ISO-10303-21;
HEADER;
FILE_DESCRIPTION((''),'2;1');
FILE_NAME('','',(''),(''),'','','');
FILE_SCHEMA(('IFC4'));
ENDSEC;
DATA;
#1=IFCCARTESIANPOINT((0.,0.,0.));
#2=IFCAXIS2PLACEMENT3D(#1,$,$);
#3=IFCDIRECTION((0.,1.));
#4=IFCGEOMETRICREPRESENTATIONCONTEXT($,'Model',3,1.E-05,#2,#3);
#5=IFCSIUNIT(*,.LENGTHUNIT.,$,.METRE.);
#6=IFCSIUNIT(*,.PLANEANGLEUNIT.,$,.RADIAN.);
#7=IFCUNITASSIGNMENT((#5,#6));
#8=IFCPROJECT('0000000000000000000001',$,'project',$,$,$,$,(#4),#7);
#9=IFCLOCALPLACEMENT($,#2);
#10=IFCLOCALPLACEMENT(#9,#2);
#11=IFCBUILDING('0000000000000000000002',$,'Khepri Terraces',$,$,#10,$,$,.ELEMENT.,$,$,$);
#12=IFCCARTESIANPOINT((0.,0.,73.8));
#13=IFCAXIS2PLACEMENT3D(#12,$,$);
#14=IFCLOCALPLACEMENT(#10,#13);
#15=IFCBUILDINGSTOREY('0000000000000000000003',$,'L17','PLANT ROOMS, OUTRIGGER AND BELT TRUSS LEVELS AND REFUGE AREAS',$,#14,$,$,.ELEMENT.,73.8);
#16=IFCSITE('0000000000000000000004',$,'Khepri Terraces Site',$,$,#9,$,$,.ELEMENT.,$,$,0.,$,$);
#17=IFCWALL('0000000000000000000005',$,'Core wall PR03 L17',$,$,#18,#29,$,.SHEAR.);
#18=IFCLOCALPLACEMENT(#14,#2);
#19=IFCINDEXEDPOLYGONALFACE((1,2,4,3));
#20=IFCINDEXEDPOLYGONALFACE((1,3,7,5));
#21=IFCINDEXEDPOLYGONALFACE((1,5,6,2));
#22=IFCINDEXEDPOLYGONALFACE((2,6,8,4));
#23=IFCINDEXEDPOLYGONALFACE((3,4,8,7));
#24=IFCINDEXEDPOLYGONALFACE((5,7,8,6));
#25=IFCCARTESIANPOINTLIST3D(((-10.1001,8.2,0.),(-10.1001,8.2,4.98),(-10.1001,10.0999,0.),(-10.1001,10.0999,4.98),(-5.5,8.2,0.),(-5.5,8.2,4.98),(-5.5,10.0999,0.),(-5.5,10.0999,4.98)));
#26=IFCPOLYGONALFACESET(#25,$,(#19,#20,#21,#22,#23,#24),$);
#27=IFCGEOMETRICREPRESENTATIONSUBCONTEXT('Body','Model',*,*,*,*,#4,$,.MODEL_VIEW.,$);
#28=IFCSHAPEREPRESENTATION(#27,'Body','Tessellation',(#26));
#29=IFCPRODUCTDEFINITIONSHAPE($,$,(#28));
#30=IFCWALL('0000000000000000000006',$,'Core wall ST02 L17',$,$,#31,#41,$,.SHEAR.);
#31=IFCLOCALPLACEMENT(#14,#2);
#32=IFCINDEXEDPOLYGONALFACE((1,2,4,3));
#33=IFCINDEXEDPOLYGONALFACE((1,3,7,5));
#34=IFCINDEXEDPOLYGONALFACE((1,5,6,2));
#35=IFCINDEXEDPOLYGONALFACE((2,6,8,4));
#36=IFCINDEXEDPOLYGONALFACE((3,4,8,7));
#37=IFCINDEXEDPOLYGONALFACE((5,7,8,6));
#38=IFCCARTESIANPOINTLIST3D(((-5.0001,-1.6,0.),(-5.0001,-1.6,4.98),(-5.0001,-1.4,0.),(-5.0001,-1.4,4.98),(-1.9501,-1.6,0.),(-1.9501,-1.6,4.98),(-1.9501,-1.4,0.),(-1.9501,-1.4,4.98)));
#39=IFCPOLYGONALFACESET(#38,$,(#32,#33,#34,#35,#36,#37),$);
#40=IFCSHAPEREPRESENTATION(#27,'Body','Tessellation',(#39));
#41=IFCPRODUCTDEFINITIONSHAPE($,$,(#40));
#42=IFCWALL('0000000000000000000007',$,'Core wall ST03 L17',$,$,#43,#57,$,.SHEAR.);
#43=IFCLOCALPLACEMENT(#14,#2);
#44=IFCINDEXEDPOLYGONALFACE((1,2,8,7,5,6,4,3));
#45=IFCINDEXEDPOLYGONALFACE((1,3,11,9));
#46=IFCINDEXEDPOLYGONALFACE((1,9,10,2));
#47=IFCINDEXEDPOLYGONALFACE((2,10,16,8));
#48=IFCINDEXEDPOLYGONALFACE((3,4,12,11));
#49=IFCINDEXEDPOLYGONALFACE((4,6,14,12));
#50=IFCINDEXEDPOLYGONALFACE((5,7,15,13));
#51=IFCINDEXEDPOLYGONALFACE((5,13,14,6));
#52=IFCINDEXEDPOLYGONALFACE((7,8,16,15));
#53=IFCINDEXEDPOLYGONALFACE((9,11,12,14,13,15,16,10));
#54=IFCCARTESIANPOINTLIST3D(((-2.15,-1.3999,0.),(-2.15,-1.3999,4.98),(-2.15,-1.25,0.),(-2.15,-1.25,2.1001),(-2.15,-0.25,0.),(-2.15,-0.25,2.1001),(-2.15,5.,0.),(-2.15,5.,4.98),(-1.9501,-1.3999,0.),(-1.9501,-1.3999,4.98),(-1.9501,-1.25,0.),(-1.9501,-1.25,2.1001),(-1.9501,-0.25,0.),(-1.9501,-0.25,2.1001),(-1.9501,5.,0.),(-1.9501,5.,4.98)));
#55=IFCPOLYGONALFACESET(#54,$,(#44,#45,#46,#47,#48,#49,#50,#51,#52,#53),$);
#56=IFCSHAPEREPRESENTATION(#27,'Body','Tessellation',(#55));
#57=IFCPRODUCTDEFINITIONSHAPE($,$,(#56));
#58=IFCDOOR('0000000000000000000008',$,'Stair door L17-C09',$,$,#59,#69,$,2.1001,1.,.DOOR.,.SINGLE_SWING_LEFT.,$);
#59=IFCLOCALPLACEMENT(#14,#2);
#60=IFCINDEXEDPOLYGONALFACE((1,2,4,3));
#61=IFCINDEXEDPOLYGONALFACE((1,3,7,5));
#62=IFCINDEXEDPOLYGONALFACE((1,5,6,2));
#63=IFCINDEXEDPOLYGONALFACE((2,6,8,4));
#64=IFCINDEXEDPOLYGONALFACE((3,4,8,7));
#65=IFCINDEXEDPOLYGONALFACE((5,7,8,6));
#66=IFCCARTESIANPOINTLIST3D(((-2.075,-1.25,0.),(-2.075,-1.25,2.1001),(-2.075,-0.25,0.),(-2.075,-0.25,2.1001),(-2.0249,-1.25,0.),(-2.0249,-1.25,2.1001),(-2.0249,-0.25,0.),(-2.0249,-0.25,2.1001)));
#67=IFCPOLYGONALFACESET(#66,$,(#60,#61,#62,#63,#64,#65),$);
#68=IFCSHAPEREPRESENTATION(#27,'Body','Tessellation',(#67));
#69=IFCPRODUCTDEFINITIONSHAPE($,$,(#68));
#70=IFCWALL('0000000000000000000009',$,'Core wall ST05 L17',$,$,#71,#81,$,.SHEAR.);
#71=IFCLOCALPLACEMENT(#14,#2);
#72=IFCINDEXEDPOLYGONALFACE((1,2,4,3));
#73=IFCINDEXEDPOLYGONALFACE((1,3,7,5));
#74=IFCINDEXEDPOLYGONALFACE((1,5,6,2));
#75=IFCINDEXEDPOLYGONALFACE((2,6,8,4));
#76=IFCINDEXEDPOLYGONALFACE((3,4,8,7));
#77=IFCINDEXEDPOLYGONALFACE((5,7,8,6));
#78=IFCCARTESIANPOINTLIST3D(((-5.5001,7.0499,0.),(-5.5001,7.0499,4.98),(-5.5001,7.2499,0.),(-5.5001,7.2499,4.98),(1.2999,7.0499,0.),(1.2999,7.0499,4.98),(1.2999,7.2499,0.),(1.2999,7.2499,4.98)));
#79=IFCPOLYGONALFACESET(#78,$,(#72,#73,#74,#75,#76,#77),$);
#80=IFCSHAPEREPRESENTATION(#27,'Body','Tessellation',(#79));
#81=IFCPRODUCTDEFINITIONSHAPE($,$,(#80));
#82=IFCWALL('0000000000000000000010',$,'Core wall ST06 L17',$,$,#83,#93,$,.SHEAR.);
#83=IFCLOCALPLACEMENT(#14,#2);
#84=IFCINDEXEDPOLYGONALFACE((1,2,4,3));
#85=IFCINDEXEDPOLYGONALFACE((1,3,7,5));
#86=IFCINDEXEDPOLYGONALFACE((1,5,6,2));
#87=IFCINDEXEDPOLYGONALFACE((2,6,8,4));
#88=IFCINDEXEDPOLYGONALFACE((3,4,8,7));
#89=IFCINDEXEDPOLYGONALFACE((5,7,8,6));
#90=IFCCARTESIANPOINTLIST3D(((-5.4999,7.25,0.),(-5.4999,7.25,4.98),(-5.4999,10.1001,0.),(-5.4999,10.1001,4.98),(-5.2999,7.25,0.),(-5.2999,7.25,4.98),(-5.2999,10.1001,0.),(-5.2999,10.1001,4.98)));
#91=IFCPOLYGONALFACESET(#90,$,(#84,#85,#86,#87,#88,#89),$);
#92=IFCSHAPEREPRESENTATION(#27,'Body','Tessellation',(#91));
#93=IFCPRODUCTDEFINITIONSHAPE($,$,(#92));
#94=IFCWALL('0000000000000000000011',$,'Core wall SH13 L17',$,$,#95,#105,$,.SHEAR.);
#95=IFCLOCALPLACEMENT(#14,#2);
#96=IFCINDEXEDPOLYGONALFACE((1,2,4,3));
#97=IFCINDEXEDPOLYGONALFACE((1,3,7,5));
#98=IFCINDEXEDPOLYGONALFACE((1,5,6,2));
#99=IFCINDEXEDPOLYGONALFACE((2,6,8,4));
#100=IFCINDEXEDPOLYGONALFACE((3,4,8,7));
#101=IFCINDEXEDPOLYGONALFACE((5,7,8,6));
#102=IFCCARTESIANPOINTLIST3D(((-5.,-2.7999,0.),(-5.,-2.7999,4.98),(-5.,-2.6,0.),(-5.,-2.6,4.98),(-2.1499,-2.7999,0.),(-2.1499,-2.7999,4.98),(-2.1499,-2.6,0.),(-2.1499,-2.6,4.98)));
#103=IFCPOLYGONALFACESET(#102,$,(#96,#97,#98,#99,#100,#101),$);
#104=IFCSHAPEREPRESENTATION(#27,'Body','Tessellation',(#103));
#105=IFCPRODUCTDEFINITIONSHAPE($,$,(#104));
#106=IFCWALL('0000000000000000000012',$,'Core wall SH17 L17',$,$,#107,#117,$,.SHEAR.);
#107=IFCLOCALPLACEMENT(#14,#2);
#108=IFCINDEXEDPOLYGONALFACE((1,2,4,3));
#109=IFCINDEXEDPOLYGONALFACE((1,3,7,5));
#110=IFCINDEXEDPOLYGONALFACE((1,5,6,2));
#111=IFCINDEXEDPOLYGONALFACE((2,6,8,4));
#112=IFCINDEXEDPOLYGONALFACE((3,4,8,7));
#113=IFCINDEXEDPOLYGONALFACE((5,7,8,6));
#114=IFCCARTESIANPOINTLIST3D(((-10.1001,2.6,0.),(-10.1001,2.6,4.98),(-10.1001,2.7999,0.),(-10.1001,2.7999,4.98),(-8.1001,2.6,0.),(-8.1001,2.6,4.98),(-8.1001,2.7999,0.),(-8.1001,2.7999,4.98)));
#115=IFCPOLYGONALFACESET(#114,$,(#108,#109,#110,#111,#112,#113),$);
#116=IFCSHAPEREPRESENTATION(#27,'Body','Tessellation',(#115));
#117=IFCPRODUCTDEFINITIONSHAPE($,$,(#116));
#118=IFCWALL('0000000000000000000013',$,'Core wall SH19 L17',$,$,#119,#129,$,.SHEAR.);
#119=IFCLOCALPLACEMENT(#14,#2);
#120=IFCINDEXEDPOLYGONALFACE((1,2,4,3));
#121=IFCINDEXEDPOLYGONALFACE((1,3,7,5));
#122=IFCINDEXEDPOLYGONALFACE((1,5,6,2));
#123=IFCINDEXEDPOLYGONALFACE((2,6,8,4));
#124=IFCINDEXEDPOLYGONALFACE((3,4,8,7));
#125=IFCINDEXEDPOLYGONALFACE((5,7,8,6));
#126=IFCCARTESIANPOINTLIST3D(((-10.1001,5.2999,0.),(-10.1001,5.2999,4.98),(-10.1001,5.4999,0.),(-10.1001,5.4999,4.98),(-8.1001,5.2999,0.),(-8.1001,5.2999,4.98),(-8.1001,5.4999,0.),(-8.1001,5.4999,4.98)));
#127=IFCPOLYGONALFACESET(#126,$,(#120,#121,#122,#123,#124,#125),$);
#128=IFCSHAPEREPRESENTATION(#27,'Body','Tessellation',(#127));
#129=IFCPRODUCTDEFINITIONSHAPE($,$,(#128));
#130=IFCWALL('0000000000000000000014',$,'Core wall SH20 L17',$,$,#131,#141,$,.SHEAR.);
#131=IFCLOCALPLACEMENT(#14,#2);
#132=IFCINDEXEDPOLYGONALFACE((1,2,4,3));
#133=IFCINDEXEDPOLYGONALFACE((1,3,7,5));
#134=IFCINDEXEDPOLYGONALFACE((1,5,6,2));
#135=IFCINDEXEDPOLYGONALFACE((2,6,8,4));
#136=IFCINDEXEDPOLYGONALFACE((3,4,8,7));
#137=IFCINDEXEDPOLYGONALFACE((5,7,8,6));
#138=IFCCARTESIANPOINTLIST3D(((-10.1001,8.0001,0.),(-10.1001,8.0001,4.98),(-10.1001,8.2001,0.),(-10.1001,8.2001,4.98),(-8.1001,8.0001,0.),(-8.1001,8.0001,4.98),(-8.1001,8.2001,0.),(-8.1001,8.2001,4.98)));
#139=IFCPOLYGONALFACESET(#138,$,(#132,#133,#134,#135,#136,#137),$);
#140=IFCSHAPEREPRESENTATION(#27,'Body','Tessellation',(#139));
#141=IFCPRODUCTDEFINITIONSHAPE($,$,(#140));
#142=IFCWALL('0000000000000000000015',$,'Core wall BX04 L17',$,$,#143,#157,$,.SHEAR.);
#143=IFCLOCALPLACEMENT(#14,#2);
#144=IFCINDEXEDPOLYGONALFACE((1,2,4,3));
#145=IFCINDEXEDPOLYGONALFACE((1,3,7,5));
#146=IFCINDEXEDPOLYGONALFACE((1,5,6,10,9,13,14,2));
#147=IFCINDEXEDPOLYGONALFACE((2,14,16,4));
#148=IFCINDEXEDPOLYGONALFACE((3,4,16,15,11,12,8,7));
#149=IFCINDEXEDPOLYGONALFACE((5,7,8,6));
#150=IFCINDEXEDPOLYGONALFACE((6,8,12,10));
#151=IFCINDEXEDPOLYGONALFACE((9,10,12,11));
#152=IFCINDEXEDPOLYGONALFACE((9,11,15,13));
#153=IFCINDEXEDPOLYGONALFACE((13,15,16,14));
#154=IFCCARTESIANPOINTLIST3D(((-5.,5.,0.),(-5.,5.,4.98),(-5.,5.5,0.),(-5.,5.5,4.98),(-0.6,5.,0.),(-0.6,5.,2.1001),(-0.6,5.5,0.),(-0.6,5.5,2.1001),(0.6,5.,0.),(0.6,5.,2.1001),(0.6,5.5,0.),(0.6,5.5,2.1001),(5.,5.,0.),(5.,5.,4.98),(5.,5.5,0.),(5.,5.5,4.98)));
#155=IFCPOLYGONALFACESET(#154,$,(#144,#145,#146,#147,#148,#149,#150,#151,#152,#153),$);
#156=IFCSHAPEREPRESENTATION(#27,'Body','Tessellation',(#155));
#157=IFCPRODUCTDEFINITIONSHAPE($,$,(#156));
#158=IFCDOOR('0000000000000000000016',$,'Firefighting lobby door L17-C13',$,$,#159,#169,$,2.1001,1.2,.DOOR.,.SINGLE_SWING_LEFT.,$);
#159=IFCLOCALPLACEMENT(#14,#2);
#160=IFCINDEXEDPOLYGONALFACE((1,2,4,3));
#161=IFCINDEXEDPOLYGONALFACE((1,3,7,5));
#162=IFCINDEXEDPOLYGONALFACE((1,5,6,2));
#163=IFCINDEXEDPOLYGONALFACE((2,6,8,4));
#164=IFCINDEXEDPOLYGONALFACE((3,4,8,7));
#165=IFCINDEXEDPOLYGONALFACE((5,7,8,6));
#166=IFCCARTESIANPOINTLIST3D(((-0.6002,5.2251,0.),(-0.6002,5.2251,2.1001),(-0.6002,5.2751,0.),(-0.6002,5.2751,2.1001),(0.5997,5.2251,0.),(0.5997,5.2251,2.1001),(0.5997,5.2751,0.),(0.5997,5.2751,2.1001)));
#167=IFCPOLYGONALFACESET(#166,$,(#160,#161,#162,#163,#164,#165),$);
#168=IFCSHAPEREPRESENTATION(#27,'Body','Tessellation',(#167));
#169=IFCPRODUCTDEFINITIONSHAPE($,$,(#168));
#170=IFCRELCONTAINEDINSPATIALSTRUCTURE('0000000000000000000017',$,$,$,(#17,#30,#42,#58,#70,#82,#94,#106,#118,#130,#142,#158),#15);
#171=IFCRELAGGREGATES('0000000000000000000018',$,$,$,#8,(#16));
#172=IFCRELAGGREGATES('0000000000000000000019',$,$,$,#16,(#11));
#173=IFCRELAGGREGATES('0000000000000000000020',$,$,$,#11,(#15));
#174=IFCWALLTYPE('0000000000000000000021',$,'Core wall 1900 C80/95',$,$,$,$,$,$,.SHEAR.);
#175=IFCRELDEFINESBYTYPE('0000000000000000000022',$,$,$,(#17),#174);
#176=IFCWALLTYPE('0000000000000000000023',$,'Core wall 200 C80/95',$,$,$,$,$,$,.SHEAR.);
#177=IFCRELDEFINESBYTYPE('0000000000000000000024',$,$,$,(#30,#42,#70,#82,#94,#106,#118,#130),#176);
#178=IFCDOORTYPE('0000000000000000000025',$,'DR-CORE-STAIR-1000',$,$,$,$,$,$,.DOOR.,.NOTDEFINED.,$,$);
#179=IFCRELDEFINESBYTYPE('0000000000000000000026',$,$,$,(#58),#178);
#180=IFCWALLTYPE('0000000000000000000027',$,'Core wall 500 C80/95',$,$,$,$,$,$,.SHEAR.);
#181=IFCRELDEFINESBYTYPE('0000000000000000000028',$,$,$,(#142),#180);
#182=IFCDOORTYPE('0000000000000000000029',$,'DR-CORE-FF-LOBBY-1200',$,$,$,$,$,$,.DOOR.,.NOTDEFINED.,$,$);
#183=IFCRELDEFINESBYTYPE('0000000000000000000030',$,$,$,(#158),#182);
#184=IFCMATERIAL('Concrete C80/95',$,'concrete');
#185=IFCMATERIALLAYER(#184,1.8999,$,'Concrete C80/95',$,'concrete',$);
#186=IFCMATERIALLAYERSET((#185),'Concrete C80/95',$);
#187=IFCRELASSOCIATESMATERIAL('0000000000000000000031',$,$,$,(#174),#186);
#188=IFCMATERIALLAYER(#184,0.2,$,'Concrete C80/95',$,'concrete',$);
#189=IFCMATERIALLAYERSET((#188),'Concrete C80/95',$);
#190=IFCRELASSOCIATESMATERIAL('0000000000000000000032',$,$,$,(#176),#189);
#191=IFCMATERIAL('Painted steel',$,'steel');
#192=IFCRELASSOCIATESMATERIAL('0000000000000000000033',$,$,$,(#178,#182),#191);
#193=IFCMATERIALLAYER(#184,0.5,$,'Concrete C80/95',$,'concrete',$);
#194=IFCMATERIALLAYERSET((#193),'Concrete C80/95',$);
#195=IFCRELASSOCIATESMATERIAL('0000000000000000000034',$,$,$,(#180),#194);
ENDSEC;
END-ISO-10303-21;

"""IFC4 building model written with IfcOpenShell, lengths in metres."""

from ifc_helpers import new_model, si_unit, direction, frame, frame_2d, origin, place, context, subcontext, project, spatial, rectangle, extrude, material, layer, layer_set, type_object, element, fill, save


model = new_model("IFC4")

# Units and contexts
model_context = context("Model", 3, precision=1e-05, world=origin(), true_north=direction((0.0, 1.0)))
body_context = subcontext(model_context, "Body", "Model", "MODEL_VIEW")
ifc_project = project(units=[si_unit("LENGTHUNIT", "METRE"), si_unit("PLANEANGLEUNIT", "RADIAN")], contexts=[model_context])

# Site, building, storey
site_placement = place(None, origin())
site = spatial("IfcSite", under=ifc_project, at=site_placement, Name="Khepri Terraces Site", CompositionType="ELEMENT", RefElevation=0.0)
building_placement = place(site_placement, origin())
building = spatial("IfcBuilding", under=site, at=building_placement, Name="Khepri Terraces", CompositionType="ELEMENT")
storey_placement = place(building_placement, frame((0.0, 0.0, 73.8)))
storey = spatial("IfcBuildingStorey", under=building, at=storey_placement, Name="L17", Description="PLANT ROOMS, OUTRIGGER AND BELT TRUSS LEVELS AND REFUGE AREAS", CompositionType="ELEMENT", Elevation=73.8)

# Walls
ifc_material_1 = material(Name="Concrete C80/95", Category="concrete")
ifc_layer_1 = layer(ifc_material_1, 1.8999, Name="Concrete C80/95", Category="concrete")
ifc_layer_set_1 = layer_set([ifc_layer_1], Name="Concrete C80/95")
wall_type_1 = type_object("IfcWallType", Name="Core wall 1900 C80/95", PredefinedType="SHEAR", material=ifc_layer_set_1)
wall_1_placement = place(storey_placement, frame((-10.1001, 9.1499, 0.0), z_axis=(0.0, 0.0, 1.0), x_axis=(1.0, 0.0, 0.0)))
element("IfcWall", 1, at=wall_1_placement, inside=storey, type_object=wall_type_1, Name="Core wall PR03 L17", PredefinedType="SHEAR", context=body_context, shape_type="SweptSolid", body=[
    extrude(rectangle(XDim=4.6001, YDim=1.8999, at=frame_2d((2.3, 0.0))), origin(), (0.0, 0.0, 1.0), 4.98),
])
ifc_layer_2 = layer(ifc_material_1, 0.2, Name="Concrete C80/95", Category="concrete")
ifc_layer_set_2 = layer_set([ifc_layer_2], Name="Concrete C80/95")
wall_type_2 = type_object("IfcWallType", Name="Core wall 200 C80/95", PredefinedType="SHEAR", material=ifc_layer_set_2)
wall_2_placement = place(storey_placement, frame((-5.0, -1.5, 0.0), z_axis=(0.0, 0.0, 1.0), x_axis=(1.0, 0.0, 0.0)))
element("IfcWall", 2, at=wall_2_placement, inside=storey, type_object=wall_type_2, Name="Core wall ST02 L17", PredefinedType="SHEAR", context=body_context, shape_type="SweptSolid", body=[
    extrude(rectangle(XDim=3.05, YDim=0.2, at=frame_2d((1.5249, 0.0))), origin(), (0.0, 0.0, 1.0), 4.98),
])

# Wall, opening, door
wall_3_placement = place(storey_placement, frame((-2.05, -1.3999, 0.0), z_axis=(0.0, 0.0, 1.0), x_axis=(0.0, 1.0, 0.0)))
wall_3 = element("IfcWall", 3, at=wall_3_placement, inside=storey, type_object=wall_type_2, Name="Core wall ST03 L17", PredefinedType="SHEAR", context=body_context, shape_type="SweptSolid", body=[
    extrude(rectangle(XDim=6.3999, YDim=0.2, at=frame_2d((3.2, 0.0))), origin(), (0.0, 0.0, 1.0), 4.98),
])
opening_1_placement = place(wall_3_placement, frame((0.1499, 0.0, 0.0)))
opening_1 = element("IfcOpeningElement", 4, at=opening_1_placement, cuts=wall_3, PredefinedType="OPENING", context=body_context, shape_type="SweptSolid", body=[
    extrude(rectangle(XDim=1.0, YDim=2.1001, at=frame_2d((0.5, 1.05))), frame((0.0, 0.1099, 0.0), z_axis=(0.0, -1.0, 0.0), x_axis=(1.0, 0.0, 0.0)), (0.0, 0.0, 1.0), 0.22),
])
ifc_material_2 = material(Name="Painted steel", Category="steel")
door_type_1 = type_object("IfcDoorType", Name="DR-CORE-STAIR-1000", OperationType="NOTDEFINED", PredefinedType="DOOR", material=ifc_material_2)
door_1_placement = place(opening_1_placement, origin())
door_1 = element("IfcDoor", 5, at=door_1_placement, inside=storey, type_object=door_type_1, Name="Stair door L17-C09", OperationType="SINGLE_SWING_LEFT", OverallHeight=2.1001, OverallWidth=1.0, PredefinedType="DOOR", context=body_context, shape_type="SweptSolid", body=[
    extrude(rectangle(XDim=1.0, YDim=2.1001, at=frame_2d((0.5, 1.05))), frame((0.0, 0.0249, 0.0), z_axis=(0.0, -1.0, 0.0), x_axis=(1.0, 0.0, 0.0)), (0.0, 0.0, 1.0), 0.05),
])
fill(opening_1, door_1)

# Walls
wall_4_placement = place(storey_placement, frame((-5.5, 7.1499, 0.0), z_axis=(0.0, 0.0, 1.0), x_axis=(1.0, 0.0, 0.0)))
element("IfcWall", 6, at=wall_4_placement, inside=storey, type_object=wall_type_2, Name="Core wall ST05 L17", PredefinedType="SHEAR", context=body_context, shape_type="SweptSolid", body=[
    extrude(rectangle(XDim=6.8, YDim=0.2, at=frame_2d((3.3999, 0.0))), origin(), (0.0, 0.0, 1.0), 4.98),
])
for number, where, z_axis, x_axis, name in (
    (7, (-5.3999, 7.25, 0.0), (0.0, 0.0, 1.0), (0.0, 1.0, 0.0), "Core wall ST06 L17"),
    (8, (-5.0, -2.7, 0.0), (0.0, 0.0, 1.0), (1.0, 0.0, 0.0), "Core wall SH13 L17"),
):
    element("IfcWall", number, at=place(storey_placement, frame(where, z_axis=z_axis, x_axis=x_axis)), inside=storey, type_object=wall_type_2, Name=name, PredefinedType="SHEAR", context=body_context, shape_type="SweptSolid", body=[
        extrude(rectangle(XDim=2.8501, YDim=0.2, at=frame_2d((1.425, 0.0))), origin(), (0.0, 0.0, 1.0), 4.98),
    ])
for number, where, z_axis, x_axis, name in (
    (9, (-10.1001, 2.7, 0.0), (0.0, 0.0, 1.0), (1.0, 0.0, 0.0), "Core wall SH17 L17"),
    (10, (-10.1001, 5.3999, 0.0), (0.0, 0.0, 1.0), (1.0, 0.0, 0.0), "Core wall SH19 L17"),
    (11, (-10.1001, 8.1001, 0.0), (0.0, 0.0, 1.0), (1.0, 0.0, 0.0), "Core wall SH20 L17"),
):
    element("IfcWall", number, at=place(storey_placement, frame(where, z_axis=z_axis, x_axis=x_axis)), inside=storey, type_object=wall_type_2, Name=name, PredefinedType="SHEAR", context=body_context, shape_type="SweptSolid", body=[
        extrude(rectangle(XDim=2.0, YDim=0.2, at=frame_2d((1.0, 0.0))), origin(), (0.0, 0.0, 1.0), 4.98),
    ])

# Wall, opening, door
ifc_layer_3 = layer(ifc_material_1, 0.5, Name="Concrete C80/95", Category="concrete")
ifc_layer_set_3 = layer_set([ifc_layer_3], Name="Concrete C80/95")
wall_type_3 = type_object("IfcWallType", Name="Core wall 500 C80/95", PredefinedType="SHEAR", material=ifc_layer_set_3)
wall_5_placement = place(storey_placement, frame((-5.0, 5.25, 0.0), z_axis=(0.0, 0.0, 1.0), x_axis=(1.0, 0.0, 0.0)))
wall_5 = element("IfcWall", 12, at=wall_5_placement, inside=storey, type_object=wall_type_3, Name="Core wall BX04 L17", PredefinedType="SHEAR", context=body_context, shape_type="SweptSolid", body=[
    extrude(rectangle(XDim=10.0, YDim=0.5, at=frame_2d((5.0, 0.0))), origin(), (0.0, 0.0, 1.0), 4.98),
])
opening_2_placement = place(wall_5_placement, frame((4.3999, 0.0, 0.0)))
opening_2 = element("IfcOpeningElement", 13, at=opening_2_placement, cuts=wall_5, PredefinedType="OPENING", context=body_context, shape_type="SweptSolid", body=[
    extrude(rectangle(XDim=1.2, YDim=2.1001, at=frame_2d((0.6001, 1.05))), frame((0.0, 0.26, 0.0), z_axis=(0.0, -1.0, 0.0), x_axis=(1.0, 0.0, 0.0)), (0.0, 0.0, 1.0), 0.52),
])
door_type_2 = type_object("IfcDoorType", Name="DR-CORE-FF-LOBBY-1200", OperationType="NOTDEFINED", PredefinedType="DOOR", material=ifc_material_2)
door_2_placement = place(opening_2_placement, frame((1.2, 0.0, 0.0), z_axis=(0.0, 0.0, 1.0), x_axis=(-1.0, 0.0, 0.0)))
door_2 = element("IfcDoor", 14, at=door_2_placement, inside=storey, type_object=door_type_2, Name="Firefighting lobby door L17-C13", OperationType="SINGLE_SWING_LEFT", OverallHeight=2.1001, OverallWidth=1.2, PredefinedType="DOOR", context=body_context, shape_type="SweptSolid", body=[
    extrude(rectangle(XDim=1.2, YDim=2.1001, at=frame_2d((0.6001, 1.05))), frame((0.0, 0.0249, 0.0), z_axis=(0.0, -1.0, 0.0), x_axis=(1.0, 0.0, 0.0)), (0.0, 0.0, 1.0), 0.05),
])
fill(opening_2, door_2)

save(model, "model.ifc")
